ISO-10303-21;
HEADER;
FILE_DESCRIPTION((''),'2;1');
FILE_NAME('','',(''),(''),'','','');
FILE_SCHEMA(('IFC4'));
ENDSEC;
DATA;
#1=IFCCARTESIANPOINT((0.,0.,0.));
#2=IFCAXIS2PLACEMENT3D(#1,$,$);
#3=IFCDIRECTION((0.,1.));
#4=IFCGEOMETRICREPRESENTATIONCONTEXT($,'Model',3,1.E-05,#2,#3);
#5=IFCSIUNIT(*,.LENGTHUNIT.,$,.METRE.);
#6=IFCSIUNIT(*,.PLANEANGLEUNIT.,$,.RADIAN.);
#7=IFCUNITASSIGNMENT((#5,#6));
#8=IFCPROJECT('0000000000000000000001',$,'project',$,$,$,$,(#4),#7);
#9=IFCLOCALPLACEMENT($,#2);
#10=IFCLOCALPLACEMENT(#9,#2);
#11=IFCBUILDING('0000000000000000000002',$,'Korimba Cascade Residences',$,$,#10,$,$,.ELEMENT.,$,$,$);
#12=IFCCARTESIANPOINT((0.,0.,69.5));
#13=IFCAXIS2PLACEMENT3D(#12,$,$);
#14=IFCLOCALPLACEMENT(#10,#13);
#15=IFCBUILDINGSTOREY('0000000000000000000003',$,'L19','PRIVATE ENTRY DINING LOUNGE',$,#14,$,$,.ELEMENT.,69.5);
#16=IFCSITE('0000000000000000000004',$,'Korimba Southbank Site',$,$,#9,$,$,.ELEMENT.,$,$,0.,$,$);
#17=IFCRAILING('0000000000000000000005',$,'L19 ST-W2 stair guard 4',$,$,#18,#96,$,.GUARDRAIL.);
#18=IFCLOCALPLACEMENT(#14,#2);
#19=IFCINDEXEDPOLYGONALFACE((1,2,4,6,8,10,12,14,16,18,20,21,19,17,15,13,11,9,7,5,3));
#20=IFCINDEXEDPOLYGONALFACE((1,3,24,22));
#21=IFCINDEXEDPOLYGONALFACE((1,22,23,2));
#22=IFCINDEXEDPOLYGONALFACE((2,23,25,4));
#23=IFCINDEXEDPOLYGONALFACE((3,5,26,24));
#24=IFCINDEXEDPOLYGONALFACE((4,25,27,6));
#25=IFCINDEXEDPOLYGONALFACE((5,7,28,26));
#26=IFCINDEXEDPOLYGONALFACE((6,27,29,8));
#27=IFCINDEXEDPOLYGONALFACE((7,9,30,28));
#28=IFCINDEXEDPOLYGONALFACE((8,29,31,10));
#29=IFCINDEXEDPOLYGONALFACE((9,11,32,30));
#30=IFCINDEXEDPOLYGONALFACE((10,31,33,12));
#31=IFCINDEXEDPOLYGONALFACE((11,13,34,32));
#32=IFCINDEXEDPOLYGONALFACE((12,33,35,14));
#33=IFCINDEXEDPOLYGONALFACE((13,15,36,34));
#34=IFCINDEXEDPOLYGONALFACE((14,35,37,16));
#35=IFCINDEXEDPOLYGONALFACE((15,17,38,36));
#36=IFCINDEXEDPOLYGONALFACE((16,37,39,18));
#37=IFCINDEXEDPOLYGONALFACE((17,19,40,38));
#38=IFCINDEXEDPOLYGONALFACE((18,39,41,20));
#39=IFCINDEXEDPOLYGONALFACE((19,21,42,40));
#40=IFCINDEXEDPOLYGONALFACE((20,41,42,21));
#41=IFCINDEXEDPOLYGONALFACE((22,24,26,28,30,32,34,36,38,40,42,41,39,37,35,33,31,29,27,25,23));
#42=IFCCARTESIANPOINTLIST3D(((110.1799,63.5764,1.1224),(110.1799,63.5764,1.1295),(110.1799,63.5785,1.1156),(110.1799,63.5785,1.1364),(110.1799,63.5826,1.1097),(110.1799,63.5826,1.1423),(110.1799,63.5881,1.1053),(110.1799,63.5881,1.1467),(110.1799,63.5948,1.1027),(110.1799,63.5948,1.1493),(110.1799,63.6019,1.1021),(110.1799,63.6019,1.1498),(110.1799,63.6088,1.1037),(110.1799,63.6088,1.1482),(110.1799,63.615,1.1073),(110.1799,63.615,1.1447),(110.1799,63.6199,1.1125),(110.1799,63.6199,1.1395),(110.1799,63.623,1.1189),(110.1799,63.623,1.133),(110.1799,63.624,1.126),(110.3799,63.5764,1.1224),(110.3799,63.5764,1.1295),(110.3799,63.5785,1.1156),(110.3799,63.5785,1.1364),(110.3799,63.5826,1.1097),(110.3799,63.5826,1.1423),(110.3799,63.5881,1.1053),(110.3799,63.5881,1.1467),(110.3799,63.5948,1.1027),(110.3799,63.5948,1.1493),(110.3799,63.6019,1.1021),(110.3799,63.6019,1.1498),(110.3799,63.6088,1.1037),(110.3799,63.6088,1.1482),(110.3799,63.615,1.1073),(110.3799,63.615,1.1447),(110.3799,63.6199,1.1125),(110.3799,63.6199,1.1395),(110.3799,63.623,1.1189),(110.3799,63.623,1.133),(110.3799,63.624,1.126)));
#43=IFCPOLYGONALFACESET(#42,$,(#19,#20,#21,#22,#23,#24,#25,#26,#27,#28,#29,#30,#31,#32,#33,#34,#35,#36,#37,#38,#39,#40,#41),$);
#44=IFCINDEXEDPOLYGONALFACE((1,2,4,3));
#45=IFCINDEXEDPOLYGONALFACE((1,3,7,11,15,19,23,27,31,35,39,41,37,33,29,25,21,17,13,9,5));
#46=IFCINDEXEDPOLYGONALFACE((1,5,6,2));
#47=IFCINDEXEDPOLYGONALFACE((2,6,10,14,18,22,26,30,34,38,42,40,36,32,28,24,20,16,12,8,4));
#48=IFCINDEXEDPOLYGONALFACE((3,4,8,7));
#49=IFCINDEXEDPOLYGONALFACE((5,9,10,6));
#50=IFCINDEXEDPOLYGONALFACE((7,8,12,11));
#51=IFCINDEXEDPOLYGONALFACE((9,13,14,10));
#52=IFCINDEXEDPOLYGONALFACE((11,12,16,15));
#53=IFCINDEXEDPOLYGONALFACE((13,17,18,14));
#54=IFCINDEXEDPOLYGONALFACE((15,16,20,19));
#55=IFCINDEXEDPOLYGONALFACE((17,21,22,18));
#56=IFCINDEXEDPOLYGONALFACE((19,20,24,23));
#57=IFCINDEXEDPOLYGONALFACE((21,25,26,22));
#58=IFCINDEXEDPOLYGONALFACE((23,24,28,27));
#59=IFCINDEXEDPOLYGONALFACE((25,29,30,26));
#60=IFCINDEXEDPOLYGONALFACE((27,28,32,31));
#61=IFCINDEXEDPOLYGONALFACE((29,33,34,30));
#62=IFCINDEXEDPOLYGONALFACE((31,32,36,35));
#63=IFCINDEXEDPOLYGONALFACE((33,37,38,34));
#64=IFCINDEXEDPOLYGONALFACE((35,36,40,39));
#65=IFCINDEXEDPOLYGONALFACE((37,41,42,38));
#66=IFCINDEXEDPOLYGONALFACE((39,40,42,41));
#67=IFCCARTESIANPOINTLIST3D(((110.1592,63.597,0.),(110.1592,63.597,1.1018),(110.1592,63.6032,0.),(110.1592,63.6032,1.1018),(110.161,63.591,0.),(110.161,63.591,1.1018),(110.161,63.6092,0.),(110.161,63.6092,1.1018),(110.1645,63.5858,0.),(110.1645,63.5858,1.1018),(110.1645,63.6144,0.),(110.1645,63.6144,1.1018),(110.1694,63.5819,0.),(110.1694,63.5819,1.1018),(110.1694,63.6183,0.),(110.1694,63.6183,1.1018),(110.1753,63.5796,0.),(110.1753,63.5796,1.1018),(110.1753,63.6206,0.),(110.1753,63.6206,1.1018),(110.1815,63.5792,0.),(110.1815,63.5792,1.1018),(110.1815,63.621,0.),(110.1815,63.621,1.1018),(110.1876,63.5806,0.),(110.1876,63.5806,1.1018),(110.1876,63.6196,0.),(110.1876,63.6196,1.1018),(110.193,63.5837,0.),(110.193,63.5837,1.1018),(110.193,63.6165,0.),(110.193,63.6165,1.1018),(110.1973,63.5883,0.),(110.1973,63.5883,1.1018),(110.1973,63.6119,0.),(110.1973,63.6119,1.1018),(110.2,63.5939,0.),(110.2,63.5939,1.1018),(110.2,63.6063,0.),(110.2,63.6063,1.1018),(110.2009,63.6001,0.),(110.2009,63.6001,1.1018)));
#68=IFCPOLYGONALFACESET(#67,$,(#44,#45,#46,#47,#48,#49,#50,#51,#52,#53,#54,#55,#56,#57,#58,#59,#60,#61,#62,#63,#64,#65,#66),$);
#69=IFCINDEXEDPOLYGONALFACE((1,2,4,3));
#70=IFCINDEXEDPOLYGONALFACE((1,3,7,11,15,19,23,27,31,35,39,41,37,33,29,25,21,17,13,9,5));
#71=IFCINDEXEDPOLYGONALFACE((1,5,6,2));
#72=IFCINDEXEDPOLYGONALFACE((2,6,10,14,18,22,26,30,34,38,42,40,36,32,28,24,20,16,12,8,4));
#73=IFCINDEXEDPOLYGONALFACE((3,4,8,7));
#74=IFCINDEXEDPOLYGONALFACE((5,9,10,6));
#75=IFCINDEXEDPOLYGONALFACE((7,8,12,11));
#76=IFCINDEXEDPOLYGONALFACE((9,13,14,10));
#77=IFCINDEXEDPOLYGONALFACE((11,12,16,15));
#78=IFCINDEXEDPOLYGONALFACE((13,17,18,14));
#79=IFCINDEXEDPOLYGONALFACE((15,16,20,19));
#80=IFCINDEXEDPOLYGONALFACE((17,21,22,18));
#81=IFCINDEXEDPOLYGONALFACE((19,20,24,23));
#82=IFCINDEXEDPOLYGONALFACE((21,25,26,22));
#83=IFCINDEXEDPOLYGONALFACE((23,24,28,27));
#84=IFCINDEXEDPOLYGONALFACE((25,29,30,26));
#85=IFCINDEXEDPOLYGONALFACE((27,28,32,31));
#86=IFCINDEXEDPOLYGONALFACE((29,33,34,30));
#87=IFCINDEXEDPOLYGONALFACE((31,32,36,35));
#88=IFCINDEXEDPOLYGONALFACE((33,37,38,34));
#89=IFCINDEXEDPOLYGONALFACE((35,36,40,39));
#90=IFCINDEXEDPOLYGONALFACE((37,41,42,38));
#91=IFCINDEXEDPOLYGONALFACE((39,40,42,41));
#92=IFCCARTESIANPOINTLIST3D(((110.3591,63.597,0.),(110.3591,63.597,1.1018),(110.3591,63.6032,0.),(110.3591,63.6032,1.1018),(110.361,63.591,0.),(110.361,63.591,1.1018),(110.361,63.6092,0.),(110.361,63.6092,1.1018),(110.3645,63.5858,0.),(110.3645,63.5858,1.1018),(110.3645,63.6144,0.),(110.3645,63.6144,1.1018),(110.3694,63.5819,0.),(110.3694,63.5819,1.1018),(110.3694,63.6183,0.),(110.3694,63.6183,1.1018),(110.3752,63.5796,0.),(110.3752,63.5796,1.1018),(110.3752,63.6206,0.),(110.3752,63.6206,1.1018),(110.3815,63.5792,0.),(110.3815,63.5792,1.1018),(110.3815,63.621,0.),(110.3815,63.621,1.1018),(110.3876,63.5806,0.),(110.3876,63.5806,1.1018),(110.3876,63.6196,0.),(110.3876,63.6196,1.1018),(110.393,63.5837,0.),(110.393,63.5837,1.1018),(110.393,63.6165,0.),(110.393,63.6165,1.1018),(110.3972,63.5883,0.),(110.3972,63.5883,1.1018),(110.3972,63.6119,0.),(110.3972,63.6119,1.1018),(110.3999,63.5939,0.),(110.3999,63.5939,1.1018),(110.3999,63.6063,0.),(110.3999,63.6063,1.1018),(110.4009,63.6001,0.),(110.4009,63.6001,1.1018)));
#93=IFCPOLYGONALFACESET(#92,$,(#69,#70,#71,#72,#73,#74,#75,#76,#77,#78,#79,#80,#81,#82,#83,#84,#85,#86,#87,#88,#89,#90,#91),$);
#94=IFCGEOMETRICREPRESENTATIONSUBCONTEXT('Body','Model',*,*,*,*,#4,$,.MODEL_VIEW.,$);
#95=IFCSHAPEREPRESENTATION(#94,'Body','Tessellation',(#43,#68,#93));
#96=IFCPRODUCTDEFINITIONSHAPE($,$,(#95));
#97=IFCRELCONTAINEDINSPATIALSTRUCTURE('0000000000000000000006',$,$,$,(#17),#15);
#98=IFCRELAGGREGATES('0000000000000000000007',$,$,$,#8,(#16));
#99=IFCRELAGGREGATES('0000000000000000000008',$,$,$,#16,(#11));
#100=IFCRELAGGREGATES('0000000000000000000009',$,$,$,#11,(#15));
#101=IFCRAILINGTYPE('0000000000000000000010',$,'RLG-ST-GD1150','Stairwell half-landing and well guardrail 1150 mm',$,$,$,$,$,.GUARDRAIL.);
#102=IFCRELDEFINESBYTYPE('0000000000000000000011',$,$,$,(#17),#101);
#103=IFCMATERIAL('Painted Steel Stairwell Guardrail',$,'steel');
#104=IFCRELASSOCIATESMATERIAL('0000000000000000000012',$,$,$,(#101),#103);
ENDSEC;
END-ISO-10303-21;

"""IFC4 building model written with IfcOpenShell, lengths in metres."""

from ifc_helpers import new_model, si_unit, direction, frame, origin, origin_2d, place, context, subcontext, project, spatial, circle, extrude, material, type_object, element, save


model = new_model("IFC4")

# Units and contexts
model_context = context("Model", 3, precision=1e-05, world=origin(), true_north=direction((0.0, 1.0)))
body_context = subcontext(model_context, "Body", "Model", "MODEL_VIEW")
ifc_project = project(units=[si_unit("LENGTHUNIT", "METRE"), si_unit("PLANEANGLEUNIT", "RADIAN")], contexts=[model_context])

# Site, building, storey
site_placement = place(None, origin())
site = spatial("IfcSite", under=ifc_project, at=site_placement, Name="Korimba Southbank Site", CompositionType="ELEMENT", RefElevation=0.0)
building_placement = place(site_placement, origin())
building = spatial("IfcBuilding", under=site, at=building_placement, Name="Korimba Cascade Residences", CompositionType="ELEMENT")
storey_placement = place(building_placement, frame((0.0, 0.0, 69.5)))
storey = spatial("IfcBuildingStorey", under=building, at=storey_placement, Name="L19", Description="PRIVATE ENTRY DINING LOUNGE", CompositionType="ELEMENT", Elevation=69.5)

# Railing
ifc_material_1 = material(Name="Painted Steel Stairwell Guardrail", Category="steel")
railing_type_1 = type_object("IfcRailingType", Name="RLG-ST-GD1150", Description="Stairwell half-landing and well guardrail 1150 mm", PredefinedType="GUARDRAIL", material=ifc_material_1)
railing_1_placement = place(storey_placement, frame((110.1799, 63.6001, 0.0)))
element("IfcRailing", 1, at=railing_1_placement, inside=storey, type_object=railing_type_1, Name="L19 ST-W2 stair guard 4", PredefinedType="GUARDRAIL", context=body_context, shape_type="SweptSolid", body=[
    extrude(circle(Radius=0.0239, at=origin_2d()), frame((0.0, 0.0, 1.126), z_axis=(1.0, 0.0, 0.0), x_axis=(0.0, 1.0, 0.0)), (0.0, 0.0, 1.0), 0.2),
    extrude(circle(Radius=0.021, at=origin_2d()), origin(), (0.0, 0.0, 1.0), 1.1018),
    extrude(circle(Radius=0.021, at=origin_2d()), frame((0.2, 0.0, 0.0)), (0.0, 0.0, 1.0), 1.1018),
])

save(model, "model.ifc")
